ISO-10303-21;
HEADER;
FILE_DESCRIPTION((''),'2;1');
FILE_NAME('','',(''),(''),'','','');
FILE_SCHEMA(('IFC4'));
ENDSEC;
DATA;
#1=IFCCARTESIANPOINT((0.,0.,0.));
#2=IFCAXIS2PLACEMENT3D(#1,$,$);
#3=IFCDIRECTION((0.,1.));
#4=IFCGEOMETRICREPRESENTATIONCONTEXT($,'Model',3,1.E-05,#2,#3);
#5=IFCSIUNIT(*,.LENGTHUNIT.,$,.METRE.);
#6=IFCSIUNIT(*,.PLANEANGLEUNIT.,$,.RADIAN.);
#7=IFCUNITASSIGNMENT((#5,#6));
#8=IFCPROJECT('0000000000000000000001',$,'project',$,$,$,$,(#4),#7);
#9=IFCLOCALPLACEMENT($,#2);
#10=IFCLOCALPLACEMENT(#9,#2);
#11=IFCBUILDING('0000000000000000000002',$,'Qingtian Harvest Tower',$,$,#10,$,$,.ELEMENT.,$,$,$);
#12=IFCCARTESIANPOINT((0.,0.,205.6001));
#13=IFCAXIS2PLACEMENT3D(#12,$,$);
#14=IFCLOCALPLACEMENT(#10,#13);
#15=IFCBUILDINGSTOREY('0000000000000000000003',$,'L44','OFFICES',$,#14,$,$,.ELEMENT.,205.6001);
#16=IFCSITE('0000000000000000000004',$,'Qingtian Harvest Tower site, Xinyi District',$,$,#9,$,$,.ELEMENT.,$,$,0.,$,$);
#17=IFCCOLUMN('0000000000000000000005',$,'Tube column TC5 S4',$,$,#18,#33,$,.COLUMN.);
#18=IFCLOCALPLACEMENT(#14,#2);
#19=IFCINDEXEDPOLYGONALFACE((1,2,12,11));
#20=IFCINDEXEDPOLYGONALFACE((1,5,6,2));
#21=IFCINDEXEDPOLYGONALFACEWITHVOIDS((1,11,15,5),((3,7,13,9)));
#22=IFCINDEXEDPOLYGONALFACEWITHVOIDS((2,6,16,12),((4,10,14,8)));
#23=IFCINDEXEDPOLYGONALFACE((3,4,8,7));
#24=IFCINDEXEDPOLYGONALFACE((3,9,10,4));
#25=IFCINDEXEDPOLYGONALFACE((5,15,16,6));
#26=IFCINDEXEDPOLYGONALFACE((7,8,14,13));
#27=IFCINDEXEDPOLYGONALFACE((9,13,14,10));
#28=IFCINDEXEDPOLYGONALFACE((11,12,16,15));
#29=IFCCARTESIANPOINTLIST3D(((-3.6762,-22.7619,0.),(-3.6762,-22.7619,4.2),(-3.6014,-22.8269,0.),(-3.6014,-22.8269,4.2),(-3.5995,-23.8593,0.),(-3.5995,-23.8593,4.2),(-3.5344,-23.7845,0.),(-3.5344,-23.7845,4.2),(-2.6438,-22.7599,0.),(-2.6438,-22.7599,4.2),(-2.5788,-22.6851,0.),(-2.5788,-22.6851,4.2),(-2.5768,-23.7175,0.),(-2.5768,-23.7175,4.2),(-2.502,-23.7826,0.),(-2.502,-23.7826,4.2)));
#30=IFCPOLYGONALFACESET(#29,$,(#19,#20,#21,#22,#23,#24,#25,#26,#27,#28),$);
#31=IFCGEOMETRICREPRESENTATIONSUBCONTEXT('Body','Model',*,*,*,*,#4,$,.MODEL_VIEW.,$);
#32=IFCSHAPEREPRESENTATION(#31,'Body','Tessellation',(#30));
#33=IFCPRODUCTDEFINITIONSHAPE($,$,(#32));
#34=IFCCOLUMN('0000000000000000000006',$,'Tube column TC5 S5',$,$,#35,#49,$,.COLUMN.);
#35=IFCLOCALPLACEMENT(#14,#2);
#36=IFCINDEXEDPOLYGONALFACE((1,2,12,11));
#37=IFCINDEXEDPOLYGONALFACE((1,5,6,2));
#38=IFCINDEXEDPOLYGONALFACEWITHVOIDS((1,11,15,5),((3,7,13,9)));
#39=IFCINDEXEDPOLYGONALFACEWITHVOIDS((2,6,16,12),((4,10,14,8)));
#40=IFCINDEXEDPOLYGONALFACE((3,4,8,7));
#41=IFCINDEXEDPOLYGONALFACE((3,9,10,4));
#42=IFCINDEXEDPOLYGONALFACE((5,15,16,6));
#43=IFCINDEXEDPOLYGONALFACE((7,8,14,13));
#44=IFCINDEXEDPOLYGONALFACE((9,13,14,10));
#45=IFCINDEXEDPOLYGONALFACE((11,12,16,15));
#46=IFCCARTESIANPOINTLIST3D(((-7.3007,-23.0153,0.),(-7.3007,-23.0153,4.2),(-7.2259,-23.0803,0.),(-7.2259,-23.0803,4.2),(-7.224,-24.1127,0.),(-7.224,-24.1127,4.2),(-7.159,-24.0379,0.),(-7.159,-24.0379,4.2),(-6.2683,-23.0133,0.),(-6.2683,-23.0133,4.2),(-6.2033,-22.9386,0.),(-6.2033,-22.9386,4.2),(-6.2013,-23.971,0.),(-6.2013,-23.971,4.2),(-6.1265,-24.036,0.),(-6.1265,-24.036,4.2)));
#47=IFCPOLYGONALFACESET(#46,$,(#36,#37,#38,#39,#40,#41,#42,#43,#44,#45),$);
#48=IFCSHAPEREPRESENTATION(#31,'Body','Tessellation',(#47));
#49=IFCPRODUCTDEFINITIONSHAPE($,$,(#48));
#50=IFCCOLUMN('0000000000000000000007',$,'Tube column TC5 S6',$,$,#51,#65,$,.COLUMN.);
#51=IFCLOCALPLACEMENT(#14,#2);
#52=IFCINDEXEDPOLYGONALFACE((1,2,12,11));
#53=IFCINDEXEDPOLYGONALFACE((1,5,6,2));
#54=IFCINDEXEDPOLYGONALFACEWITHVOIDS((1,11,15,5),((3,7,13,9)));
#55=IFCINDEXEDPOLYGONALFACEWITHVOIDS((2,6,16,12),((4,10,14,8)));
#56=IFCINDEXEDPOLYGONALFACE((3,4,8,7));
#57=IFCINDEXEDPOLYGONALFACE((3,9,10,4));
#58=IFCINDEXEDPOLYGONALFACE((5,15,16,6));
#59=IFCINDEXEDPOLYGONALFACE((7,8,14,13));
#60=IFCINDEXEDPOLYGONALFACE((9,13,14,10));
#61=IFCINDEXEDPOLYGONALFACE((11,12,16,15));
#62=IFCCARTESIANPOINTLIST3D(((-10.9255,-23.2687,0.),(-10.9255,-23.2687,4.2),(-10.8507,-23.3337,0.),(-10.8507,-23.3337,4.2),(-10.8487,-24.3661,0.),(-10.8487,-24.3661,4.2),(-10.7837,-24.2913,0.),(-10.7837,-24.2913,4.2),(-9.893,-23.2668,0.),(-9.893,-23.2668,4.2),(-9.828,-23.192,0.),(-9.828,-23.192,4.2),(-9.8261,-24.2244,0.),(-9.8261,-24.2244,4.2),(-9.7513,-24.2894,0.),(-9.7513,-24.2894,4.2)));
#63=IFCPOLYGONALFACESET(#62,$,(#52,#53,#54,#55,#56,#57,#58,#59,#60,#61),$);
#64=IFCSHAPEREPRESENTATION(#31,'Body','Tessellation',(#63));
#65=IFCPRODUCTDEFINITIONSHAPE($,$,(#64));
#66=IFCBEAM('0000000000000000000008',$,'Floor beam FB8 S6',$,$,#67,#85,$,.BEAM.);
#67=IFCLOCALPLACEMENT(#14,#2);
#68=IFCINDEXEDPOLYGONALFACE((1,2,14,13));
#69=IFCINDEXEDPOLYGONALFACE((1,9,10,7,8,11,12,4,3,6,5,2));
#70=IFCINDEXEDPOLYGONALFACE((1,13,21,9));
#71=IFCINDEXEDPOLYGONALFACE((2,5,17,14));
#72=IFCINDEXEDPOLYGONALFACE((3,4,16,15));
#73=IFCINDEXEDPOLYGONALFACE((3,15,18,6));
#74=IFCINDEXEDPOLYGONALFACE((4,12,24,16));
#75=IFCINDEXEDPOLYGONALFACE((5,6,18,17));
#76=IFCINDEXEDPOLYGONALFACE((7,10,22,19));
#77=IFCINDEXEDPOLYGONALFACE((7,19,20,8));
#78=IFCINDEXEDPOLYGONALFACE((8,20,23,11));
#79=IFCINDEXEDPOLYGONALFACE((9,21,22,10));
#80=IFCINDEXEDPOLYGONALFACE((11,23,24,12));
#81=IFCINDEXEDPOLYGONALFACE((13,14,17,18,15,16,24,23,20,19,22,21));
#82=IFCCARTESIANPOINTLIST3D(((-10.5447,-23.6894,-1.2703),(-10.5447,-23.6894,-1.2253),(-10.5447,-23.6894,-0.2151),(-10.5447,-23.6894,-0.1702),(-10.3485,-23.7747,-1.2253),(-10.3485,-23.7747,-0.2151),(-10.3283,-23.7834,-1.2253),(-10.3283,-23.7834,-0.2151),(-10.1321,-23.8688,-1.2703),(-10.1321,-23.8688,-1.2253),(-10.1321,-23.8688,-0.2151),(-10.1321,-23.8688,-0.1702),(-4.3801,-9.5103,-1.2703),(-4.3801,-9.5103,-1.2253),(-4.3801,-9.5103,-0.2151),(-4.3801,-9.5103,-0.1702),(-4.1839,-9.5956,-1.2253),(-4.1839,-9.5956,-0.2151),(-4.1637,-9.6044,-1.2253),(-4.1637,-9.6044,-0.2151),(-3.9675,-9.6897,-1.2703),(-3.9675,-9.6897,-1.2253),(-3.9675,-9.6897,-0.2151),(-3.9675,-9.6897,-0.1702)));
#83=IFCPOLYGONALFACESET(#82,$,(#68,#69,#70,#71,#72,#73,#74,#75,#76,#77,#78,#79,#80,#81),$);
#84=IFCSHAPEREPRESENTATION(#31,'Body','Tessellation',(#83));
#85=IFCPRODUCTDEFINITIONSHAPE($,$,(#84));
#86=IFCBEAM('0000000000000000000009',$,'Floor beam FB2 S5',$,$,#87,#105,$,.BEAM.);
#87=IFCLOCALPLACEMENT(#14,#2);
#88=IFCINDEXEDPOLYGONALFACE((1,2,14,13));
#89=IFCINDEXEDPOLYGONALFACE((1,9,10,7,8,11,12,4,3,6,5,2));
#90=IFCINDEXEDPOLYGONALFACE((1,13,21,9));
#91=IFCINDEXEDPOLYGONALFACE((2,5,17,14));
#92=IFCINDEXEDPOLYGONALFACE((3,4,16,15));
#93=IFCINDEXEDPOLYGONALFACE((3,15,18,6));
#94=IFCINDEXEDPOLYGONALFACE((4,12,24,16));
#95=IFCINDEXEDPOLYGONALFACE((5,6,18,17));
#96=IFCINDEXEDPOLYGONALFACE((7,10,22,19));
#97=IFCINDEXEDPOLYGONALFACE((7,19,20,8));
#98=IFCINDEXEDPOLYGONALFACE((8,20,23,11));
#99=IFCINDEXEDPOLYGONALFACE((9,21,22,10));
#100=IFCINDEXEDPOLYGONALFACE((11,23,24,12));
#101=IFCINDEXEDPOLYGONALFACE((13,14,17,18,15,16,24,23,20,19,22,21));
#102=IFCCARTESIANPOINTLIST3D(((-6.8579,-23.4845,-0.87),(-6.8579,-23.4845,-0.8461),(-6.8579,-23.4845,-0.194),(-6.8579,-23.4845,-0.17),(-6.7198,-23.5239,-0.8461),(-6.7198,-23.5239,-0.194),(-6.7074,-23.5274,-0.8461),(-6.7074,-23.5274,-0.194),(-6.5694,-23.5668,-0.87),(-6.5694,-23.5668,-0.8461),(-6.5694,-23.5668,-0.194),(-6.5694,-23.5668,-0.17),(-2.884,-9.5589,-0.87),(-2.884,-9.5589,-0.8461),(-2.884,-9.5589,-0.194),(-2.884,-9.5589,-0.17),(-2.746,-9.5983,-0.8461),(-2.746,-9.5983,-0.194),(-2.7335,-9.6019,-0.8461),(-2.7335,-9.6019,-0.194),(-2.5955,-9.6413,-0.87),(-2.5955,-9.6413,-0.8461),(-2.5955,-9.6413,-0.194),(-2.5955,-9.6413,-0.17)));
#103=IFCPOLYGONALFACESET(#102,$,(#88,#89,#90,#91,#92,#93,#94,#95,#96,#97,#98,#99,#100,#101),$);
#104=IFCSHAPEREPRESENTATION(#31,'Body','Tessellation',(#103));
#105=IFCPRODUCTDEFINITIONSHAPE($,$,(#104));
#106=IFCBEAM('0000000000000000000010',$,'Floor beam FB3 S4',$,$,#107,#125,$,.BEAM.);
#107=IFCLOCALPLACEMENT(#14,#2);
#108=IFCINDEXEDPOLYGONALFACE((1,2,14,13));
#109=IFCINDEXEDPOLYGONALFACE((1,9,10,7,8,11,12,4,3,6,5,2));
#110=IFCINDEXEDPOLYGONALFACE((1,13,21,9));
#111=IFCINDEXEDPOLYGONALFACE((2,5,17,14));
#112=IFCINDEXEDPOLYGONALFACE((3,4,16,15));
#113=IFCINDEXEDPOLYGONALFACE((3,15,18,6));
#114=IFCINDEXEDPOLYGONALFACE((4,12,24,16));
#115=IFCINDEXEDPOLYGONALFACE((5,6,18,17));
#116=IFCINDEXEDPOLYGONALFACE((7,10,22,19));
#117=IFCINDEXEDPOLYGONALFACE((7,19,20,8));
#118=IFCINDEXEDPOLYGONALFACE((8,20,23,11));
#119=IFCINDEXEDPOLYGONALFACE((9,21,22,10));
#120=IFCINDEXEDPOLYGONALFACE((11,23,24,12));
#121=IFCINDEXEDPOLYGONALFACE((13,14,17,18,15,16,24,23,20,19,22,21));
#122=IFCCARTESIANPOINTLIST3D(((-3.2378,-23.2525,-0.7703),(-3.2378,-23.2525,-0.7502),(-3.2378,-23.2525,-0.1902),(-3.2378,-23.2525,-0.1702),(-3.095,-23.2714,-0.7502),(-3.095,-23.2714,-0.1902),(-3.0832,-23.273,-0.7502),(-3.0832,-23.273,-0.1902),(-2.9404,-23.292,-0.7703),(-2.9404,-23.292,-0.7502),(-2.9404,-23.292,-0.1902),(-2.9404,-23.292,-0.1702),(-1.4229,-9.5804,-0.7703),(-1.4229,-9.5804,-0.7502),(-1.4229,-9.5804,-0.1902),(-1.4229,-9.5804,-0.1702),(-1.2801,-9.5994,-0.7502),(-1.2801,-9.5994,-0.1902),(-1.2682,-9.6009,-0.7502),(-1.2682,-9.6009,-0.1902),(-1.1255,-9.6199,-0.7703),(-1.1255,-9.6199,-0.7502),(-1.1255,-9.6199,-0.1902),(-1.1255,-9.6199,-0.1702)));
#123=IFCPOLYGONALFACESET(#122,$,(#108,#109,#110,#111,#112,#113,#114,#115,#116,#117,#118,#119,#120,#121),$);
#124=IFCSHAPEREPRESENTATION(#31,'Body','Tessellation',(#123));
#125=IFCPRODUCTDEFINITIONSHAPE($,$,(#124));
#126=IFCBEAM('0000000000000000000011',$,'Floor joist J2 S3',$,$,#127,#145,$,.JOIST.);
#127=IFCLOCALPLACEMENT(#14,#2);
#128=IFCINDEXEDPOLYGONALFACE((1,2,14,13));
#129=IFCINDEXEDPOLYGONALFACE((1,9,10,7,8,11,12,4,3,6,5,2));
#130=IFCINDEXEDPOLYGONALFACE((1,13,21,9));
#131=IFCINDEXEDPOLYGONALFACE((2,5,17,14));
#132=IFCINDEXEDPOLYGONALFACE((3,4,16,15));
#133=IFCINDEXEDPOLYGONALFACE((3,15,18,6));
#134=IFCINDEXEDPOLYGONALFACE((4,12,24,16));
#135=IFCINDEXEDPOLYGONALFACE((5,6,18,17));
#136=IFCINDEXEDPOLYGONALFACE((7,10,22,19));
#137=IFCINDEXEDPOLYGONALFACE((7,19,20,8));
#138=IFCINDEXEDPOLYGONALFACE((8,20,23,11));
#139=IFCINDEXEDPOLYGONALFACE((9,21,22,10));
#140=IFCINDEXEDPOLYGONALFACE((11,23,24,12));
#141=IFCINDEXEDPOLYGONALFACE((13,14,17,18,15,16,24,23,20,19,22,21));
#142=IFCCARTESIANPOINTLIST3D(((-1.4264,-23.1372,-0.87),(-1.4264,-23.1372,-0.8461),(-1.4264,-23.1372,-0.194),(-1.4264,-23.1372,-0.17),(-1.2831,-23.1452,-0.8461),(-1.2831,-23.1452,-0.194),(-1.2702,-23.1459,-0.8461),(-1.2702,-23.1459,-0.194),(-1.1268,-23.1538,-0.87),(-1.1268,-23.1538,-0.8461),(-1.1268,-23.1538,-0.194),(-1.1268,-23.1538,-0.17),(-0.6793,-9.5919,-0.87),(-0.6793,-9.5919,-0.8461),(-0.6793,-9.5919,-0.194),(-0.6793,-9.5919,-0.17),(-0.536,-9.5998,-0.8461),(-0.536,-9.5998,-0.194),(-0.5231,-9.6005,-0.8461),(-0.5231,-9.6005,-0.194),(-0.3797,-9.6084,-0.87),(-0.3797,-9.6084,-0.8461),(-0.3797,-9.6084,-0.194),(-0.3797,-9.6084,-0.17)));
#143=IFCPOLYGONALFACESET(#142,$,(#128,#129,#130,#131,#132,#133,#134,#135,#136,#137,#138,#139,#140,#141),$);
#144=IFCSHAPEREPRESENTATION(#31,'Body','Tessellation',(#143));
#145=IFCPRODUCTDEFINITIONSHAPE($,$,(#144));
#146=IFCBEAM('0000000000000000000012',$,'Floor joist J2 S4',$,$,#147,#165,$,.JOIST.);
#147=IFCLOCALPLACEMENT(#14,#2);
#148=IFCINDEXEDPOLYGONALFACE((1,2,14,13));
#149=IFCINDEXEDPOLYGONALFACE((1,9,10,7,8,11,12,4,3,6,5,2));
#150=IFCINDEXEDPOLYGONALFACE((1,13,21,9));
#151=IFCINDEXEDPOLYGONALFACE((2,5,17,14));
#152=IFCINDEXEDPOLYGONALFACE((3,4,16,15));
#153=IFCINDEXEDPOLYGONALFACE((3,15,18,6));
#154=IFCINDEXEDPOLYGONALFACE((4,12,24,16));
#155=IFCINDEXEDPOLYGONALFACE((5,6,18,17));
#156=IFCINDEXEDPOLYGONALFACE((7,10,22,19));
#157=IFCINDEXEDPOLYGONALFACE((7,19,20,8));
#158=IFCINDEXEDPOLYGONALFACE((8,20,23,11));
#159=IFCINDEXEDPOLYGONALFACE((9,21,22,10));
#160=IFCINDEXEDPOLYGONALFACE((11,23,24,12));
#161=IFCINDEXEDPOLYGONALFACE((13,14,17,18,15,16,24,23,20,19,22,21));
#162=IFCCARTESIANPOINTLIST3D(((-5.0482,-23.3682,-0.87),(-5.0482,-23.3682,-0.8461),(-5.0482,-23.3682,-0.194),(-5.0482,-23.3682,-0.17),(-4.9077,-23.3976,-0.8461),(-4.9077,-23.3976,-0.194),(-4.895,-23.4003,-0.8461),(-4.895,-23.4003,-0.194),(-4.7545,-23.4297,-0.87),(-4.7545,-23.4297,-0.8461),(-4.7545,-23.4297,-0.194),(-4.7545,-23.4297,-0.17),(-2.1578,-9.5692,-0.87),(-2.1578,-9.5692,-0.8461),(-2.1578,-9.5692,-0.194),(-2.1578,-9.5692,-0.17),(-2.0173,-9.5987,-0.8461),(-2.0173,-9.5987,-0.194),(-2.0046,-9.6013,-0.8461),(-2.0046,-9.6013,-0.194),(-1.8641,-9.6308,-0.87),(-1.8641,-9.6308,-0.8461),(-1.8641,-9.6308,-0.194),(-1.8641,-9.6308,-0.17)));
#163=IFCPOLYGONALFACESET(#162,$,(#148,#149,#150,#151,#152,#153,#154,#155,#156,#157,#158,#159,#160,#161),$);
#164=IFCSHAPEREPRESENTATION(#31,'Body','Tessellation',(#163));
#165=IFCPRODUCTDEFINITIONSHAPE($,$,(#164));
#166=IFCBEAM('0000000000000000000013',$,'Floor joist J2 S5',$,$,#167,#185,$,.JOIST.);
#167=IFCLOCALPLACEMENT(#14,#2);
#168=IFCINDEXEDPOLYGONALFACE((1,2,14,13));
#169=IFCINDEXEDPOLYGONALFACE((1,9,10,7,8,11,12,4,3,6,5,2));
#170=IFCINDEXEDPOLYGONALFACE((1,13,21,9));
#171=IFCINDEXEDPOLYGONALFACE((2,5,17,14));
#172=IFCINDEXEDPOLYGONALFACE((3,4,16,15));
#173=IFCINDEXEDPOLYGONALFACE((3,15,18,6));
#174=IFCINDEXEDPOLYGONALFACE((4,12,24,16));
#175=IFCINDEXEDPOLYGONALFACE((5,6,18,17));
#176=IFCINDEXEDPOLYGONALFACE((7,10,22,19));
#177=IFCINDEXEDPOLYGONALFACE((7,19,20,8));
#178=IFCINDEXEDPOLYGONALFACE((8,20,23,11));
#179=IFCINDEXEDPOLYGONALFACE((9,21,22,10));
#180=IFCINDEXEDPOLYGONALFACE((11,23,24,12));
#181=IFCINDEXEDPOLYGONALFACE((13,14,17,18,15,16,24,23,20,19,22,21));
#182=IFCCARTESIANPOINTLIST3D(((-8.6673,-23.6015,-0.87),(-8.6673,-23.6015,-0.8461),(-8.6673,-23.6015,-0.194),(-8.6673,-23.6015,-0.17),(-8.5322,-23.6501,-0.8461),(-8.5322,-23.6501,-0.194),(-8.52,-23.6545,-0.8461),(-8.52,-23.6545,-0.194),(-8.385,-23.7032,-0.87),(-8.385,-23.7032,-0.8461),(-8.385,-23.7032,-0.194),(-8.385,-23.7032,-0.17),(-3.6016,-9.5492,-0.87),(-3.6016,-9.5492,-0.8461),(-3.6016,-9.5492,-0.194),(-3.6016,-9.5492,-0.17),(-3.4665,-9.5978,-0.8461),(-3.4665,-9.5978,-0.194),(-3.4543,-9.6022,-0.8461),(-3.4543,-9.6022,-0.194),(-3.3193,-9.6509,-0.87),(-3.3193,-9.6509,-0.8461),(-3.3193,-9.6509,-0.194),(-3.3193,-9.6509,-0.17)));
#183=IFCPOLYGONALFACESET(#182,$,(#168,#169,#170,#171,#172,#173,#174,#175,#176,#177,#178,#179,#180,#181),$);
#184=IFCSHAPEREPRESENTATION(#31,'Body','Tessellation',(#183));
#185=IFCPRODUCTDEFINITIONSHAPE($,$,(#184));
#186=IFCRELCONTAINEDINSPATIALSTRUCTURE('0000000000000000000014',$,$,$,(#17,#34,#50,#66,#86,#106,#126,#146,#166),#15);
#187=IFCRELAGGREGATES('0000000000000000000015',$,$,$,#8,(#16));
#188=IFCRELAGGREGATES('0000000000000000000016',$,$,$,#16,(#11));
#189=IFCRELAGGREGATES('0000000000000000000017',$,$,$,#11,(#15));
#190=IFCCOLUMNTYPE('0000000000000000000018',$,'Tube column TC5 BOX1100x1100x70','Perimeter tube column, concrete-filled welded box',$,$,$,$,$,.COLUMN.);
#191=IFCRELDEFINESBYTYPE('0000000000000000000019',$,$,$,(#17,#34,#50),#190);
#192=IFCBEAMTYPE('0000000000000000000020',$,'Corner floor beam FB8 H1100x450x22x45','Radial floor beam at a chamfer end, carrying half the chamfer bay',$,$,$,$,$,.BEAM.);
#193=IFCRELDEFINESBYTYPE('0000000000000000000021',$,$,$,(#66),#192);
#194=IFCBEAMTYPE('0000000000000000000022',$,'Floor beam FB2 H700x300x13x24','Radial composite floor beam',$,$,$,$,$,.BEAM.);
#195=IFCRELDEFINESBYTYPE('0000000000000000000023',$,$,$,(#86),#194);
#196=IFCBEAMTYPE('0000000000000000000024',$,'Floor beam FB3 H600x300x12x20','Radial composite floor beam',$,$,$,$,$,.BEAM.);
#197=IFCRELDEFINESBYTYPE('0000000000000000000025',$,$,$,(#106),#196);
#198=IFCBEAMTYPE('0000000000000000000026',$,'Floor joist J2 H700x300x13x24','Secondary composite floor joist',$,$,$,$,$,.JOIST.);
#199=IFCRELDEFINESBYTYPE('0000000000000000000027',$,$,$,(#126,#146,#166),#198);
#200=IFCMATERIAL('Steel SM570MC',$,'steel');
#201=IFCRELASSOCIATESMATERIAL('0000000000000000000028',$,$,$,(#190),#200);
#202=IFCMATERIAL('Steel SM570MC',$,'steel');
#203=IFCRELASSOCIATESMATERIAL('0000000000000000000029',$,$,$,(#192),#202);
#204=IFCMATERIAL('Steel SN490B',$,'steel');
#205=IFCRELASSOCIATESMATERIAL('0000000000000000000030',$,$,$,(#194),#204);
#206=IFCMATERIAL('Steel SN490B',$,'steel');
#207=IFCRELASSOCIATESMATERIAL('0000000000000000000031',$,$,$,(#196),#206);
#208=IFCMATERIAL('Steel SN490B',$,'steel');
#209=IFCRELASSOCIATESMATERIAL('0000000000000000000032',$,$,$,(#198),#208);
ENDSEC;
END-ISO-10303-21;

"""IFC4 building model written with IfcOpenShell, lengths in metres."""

from ifc_helpers import new_model, si_unit, direction, frame, origin, origin_2d, place, context, subcontext, project, spatial, hollow_rectangle, i_section, extrude, material, material_profile, profile_set, type_object, element, save


model = new_model("IFC4")

# Units and contexts
model_context = context("Model", 3, precision=1e-05, world=origin(), true_north=direction((0.0, 1.0)))
body_context = subcontext(model_context, "Body", "Model", "MODEL_VIEW")
ifc_project = project(units=[si_unit("LENGTHUNIT", "METRE"), si_unit("PLANEANGLEUNIT", "RADIAN")], contexts=[model_context])

# Site, building, storey
site_placement = place(None, origin())
site = spatial("IfcSite", under=ifc_project, at=site_placement, Name="Qingtian Harvest Tower site, Xinyi District", CompositionType="ELEMENT", RefElevation=0.0)
building_placement = place(site_placement, origin())
building = spatial("IfcBuilding", under=site, at=building_placement, Name="Qingtian Harvest Tower", CompositionType="ELEMENT")
storey_placement = place(building_placement, frame((0.0, 0.0, 205.6001)))
storey = spatial("IfcBuildingStorey", under=building, at=storey_placement, Name="L44", Description="OFFICES", CompositionType="ELEMENT", Elevation=205.6001)

# Columns
ifc_material_1 = material(Name="Steel SM570MC", Category="steel")
ifc_material_profile_1 = material_profile(ifc_material_1, hollow_rectangle(XDim=1.1001, YDim=1.1001, WallThickness=0.0701, at=origin_2d()), Name="BOX1100x1100x70")
ifc_profile_set_1 = profile_set([ifc_material_profile_1], Name="Steel SM570MC")
column_type = type_object("IfcColumnType", Name="Tube column TC5 BOX1100x1100x70", Description="Perimeter tube column, concrete-filled welded box", PredefinedType="COLUMN", material=ifc_profile_set_1)
for number, where, z_axis, x_axis, name in (
    (1, (-3.0891, -23.2722, 0.0), (0.0, 0.0, 1.0), (0.997564, 0.069756, 0.0), "Tube column TC5 S4"),
    (2, (-6.7136, -23.5256, 0.0), (0.0, 0.0, 1.0), (0.997564, 0.069756, 0.0), "Tube column TC5 S5"),
    (3, (-10.3384, -23.7791, 0.0), (0.0, 0.0, 1.0), (0.997564, 0.069756, 0.0), "Tube column TC5 S6"),
):
    element("IfcColumn", number, at=place(storey_placement, frame(where, z_axis=z_axis, x_axis=x_axis)), inside=storey, type_object=column_type, Name=name, PredefinedType="COLUMN", context=body_context, shape_type="SweptSolid", body=[
        extrude(hollow_rectangle(XDim=1.1001, YDim=1.1001, WallThickness=0.0701, at=origin_2d()), origin(), (0.0, 0.0, 1.0), 4.2),
    ])

# Beams
ifc_material_2 = material(Name="Steel SM570MC", Category="steel")
ifc_material_profile_2 = material_profile(ifc_material_2, i_section(OverallWidth=0.45, OverallDepth=1.1001, WebThickness=0.022, FlangeThickness=0.0449, at=origin_2d()), Name="H1100x450x22x45")
ifc_profile_set_2 = profile_set([ifc_material_profile_2], Name="Steel SM570MC")
beam_type_1 = type_object("IfcBeamType", Name="Corner floor beam FB8 H1100x450x22x45", Description="Radial floor beam at a chamfer end, carrying half the chamfer bay", PredefinedType="BEAM", material=ifc_profile_set_2)
beam_1_placement = place(storey_placement, frame((-10.3384, -23.7791, -0.7202), z_axis=(0.398715, 0.917075, 0.0), x_axis=(-0.917075, 0.398715, 0.0)))
element("IfcBeam", 4, at=beam_1_placement, inside=storey, type_object=beam_type_1, Name="Floor beam FB8 S6", PredefinedType="BEAM", context=body_context, shape_type="SweptSolid", body=[
    extrude(i_section(OverallWidth=0.45, OverallDepth=1.1001, WebThickness=0.022, FlangeThickness=0.0449, at=origin_2d()), origin(), (0.0, 0.0, 1.0), 15.4612),
])
ifc_material_3 = material(Name="Steel SN490B", Category="steel")
ifc_material_profile_3 = material_profile(ifc_material_3, i_section(OverallWidth=0.3, OverallDepth=0.7, WebThickness=0.0129, FlangeThickness=0.0239, at=origin_2d()), Name="H700x300x13x24")
ifc_profile_set_3 = profile_set([ifc_material_profile_3], Name="Steel SN490B")
beam_type_2 = type_object("IfcBeamType", Name="Floor beam FB2 H700x300x13x24", Description="Radial composite floor beam", PredefinedType="BEAM", material=ifc_profile_set_3)
beam_2_placement = place(storey_placement, frame((-6.7136, -23.5256, -0.52), z_axis=(0.274412, 0.961612, 0.0), x_axis=(-0.961612, 0.274412, 0.0)))
element("IfcBeam", 5, at=beam_2_placement, inside=storey, type_object=beam_type_2, Name="Floor beam FB2 S5", PredefinedType="BEAM", context=body_context, shape_type="SweptSolid", body=[
    extrude(i_section(OverallWidth=0.3, OverallDepth=0.7, WebThickness=0.0129, FlangeThickness=0.0239, at=origin_2d()), origin(), (0.0, 0.0, 1.0), 14.4814),
])
ifc_material_4 = material(Name="Steel SN490B", Category="steel")
ifc_material_profile_4 = material_profile(ifc_material_4, i_section(OverallWidth=0.3, OverallDepth=0.6001, WebThickness=0.012, FlangeThickness=0.02, at=origin_2d()), Name="H600x300x12x20")
ifc_profile_set_4 = profile_set([ifc_material_profile_4], Name="Steel SN490B")
beam_type_3 = type_object("IfcBeamType", Name="Floor beam FB3 H600x300x12x20", Description="Radial composite floor beam", PredefinedType="BEAM", material=ifc_profile_set_4)
beam_3_placement = place(storey_placement, frame((-3.0891, -23.2722, -0.4702), z_axis=(0.131593, 0.991304, 0.0), x_axis=(-0.991304, 0.131593, 0.0)))
element("IfcBeam", 6, at=beam_3_placement, inside=storey, type_object=beam_type_3, Name="Floor beam FB3 S4", PredefinedType="BEAM", context=body_context, shape_type="SweptSolid", body=[
    extrude(i_section(OverallWidth=0.3, OverallDepth=0.6001, WebThickness=0.012, FlangeThickness=0.02, at=origin_2d()), origin(), (0.0, 0.0, 1.0), 13.792),
])
ifc_material_5 = material(Name="Steel SN490B", Category="steel")
ifc_material_profile_5 = material_profile(ifc_material_5, i_section(OverallWidth=0.3, OverallDepth=0.7, WebThickness=0.0129, FlangeThickness=0.0239, at=origin_2d()), Name="H700x300x13x24")
ifc_profile_set_5 = profile_set([ifc_material_profile_5], Name="Steel SN490B")
beam_type_4 = type_object("IfcBeamType", Name="Floor joist J2 H700x300x13x24", Description="Secondary composite floor joist", PredefinedType="JOIST", material=ifc_profile_set_5)
beam_4_placement = place(storey_placement, frame((-1.2766, -23.1455, -0.52), z_axis=(0.055069, 0.998483, 0.0), x_axis=(-0.998483, 0.055069, 0.0)))
element("IfcBeam", 7, at=beam_4_placement, inside=storey, type_object=beam_type_4, Name="Floor joist J2 S3", PredefinedType="JOIST", context=body_context, shape_type="SweptSolid", body=[
    extrude(i_section(OverallWidth=0.3, OverallDepth=0.7, WebThickness=0.0129, FlangeThickness=0.0239, at=origin_2d()), origin(), (0.0, 0.0, 1.0), 13.5659),
])
beam_5_placement = place(storey_placement, frame((-4.9014, -23.3989, -0.52), z_axis=(0.205016, 0.978759, 0.0), x_axis=(-0.978759, 0.205016, 0.0)))
element("IfcBeam", 8, at=beam_5_placement, inside=storey, type_object=beam_type_4, Name="Floor joist J2 S4", PredefinedType="JOIST", context=body_context, shape_type="SweptSolid", body=[
    extrude(i_section(OverallWidth=0.3, OverallDepth=0.7, WebThickness=0.0129, FlangeThickness=0.0239, at=origin_2d()), origin(), (0.0, 0.0, 1.0), 14.0984),
])
beam_6_placement = place(storey_placement, frame((-8.5261, -23.6523, -0.52), z_axis=(0.339126, 0.940741, 0.0), x_axis=(-0.940741, 0.339126, 0.0)))
element("IfcBeam", 9, at=beam_6_placement, inside=storey, type_object=beam_type_4, Name="Floor joist J2 S5", PredefinedType="JOIST", context=body_context, shape_type="SweptSolid", body=[
    extrude(i_section(OverallWidth=0.3, OverallDepth=0.7, WebThickness=0.0129, FlangeThickness=0.0239, at=origin_2d()), origin(), (0.0, 0.0, 1.0), 14.9375),
])

save(model, "model.ifc")
